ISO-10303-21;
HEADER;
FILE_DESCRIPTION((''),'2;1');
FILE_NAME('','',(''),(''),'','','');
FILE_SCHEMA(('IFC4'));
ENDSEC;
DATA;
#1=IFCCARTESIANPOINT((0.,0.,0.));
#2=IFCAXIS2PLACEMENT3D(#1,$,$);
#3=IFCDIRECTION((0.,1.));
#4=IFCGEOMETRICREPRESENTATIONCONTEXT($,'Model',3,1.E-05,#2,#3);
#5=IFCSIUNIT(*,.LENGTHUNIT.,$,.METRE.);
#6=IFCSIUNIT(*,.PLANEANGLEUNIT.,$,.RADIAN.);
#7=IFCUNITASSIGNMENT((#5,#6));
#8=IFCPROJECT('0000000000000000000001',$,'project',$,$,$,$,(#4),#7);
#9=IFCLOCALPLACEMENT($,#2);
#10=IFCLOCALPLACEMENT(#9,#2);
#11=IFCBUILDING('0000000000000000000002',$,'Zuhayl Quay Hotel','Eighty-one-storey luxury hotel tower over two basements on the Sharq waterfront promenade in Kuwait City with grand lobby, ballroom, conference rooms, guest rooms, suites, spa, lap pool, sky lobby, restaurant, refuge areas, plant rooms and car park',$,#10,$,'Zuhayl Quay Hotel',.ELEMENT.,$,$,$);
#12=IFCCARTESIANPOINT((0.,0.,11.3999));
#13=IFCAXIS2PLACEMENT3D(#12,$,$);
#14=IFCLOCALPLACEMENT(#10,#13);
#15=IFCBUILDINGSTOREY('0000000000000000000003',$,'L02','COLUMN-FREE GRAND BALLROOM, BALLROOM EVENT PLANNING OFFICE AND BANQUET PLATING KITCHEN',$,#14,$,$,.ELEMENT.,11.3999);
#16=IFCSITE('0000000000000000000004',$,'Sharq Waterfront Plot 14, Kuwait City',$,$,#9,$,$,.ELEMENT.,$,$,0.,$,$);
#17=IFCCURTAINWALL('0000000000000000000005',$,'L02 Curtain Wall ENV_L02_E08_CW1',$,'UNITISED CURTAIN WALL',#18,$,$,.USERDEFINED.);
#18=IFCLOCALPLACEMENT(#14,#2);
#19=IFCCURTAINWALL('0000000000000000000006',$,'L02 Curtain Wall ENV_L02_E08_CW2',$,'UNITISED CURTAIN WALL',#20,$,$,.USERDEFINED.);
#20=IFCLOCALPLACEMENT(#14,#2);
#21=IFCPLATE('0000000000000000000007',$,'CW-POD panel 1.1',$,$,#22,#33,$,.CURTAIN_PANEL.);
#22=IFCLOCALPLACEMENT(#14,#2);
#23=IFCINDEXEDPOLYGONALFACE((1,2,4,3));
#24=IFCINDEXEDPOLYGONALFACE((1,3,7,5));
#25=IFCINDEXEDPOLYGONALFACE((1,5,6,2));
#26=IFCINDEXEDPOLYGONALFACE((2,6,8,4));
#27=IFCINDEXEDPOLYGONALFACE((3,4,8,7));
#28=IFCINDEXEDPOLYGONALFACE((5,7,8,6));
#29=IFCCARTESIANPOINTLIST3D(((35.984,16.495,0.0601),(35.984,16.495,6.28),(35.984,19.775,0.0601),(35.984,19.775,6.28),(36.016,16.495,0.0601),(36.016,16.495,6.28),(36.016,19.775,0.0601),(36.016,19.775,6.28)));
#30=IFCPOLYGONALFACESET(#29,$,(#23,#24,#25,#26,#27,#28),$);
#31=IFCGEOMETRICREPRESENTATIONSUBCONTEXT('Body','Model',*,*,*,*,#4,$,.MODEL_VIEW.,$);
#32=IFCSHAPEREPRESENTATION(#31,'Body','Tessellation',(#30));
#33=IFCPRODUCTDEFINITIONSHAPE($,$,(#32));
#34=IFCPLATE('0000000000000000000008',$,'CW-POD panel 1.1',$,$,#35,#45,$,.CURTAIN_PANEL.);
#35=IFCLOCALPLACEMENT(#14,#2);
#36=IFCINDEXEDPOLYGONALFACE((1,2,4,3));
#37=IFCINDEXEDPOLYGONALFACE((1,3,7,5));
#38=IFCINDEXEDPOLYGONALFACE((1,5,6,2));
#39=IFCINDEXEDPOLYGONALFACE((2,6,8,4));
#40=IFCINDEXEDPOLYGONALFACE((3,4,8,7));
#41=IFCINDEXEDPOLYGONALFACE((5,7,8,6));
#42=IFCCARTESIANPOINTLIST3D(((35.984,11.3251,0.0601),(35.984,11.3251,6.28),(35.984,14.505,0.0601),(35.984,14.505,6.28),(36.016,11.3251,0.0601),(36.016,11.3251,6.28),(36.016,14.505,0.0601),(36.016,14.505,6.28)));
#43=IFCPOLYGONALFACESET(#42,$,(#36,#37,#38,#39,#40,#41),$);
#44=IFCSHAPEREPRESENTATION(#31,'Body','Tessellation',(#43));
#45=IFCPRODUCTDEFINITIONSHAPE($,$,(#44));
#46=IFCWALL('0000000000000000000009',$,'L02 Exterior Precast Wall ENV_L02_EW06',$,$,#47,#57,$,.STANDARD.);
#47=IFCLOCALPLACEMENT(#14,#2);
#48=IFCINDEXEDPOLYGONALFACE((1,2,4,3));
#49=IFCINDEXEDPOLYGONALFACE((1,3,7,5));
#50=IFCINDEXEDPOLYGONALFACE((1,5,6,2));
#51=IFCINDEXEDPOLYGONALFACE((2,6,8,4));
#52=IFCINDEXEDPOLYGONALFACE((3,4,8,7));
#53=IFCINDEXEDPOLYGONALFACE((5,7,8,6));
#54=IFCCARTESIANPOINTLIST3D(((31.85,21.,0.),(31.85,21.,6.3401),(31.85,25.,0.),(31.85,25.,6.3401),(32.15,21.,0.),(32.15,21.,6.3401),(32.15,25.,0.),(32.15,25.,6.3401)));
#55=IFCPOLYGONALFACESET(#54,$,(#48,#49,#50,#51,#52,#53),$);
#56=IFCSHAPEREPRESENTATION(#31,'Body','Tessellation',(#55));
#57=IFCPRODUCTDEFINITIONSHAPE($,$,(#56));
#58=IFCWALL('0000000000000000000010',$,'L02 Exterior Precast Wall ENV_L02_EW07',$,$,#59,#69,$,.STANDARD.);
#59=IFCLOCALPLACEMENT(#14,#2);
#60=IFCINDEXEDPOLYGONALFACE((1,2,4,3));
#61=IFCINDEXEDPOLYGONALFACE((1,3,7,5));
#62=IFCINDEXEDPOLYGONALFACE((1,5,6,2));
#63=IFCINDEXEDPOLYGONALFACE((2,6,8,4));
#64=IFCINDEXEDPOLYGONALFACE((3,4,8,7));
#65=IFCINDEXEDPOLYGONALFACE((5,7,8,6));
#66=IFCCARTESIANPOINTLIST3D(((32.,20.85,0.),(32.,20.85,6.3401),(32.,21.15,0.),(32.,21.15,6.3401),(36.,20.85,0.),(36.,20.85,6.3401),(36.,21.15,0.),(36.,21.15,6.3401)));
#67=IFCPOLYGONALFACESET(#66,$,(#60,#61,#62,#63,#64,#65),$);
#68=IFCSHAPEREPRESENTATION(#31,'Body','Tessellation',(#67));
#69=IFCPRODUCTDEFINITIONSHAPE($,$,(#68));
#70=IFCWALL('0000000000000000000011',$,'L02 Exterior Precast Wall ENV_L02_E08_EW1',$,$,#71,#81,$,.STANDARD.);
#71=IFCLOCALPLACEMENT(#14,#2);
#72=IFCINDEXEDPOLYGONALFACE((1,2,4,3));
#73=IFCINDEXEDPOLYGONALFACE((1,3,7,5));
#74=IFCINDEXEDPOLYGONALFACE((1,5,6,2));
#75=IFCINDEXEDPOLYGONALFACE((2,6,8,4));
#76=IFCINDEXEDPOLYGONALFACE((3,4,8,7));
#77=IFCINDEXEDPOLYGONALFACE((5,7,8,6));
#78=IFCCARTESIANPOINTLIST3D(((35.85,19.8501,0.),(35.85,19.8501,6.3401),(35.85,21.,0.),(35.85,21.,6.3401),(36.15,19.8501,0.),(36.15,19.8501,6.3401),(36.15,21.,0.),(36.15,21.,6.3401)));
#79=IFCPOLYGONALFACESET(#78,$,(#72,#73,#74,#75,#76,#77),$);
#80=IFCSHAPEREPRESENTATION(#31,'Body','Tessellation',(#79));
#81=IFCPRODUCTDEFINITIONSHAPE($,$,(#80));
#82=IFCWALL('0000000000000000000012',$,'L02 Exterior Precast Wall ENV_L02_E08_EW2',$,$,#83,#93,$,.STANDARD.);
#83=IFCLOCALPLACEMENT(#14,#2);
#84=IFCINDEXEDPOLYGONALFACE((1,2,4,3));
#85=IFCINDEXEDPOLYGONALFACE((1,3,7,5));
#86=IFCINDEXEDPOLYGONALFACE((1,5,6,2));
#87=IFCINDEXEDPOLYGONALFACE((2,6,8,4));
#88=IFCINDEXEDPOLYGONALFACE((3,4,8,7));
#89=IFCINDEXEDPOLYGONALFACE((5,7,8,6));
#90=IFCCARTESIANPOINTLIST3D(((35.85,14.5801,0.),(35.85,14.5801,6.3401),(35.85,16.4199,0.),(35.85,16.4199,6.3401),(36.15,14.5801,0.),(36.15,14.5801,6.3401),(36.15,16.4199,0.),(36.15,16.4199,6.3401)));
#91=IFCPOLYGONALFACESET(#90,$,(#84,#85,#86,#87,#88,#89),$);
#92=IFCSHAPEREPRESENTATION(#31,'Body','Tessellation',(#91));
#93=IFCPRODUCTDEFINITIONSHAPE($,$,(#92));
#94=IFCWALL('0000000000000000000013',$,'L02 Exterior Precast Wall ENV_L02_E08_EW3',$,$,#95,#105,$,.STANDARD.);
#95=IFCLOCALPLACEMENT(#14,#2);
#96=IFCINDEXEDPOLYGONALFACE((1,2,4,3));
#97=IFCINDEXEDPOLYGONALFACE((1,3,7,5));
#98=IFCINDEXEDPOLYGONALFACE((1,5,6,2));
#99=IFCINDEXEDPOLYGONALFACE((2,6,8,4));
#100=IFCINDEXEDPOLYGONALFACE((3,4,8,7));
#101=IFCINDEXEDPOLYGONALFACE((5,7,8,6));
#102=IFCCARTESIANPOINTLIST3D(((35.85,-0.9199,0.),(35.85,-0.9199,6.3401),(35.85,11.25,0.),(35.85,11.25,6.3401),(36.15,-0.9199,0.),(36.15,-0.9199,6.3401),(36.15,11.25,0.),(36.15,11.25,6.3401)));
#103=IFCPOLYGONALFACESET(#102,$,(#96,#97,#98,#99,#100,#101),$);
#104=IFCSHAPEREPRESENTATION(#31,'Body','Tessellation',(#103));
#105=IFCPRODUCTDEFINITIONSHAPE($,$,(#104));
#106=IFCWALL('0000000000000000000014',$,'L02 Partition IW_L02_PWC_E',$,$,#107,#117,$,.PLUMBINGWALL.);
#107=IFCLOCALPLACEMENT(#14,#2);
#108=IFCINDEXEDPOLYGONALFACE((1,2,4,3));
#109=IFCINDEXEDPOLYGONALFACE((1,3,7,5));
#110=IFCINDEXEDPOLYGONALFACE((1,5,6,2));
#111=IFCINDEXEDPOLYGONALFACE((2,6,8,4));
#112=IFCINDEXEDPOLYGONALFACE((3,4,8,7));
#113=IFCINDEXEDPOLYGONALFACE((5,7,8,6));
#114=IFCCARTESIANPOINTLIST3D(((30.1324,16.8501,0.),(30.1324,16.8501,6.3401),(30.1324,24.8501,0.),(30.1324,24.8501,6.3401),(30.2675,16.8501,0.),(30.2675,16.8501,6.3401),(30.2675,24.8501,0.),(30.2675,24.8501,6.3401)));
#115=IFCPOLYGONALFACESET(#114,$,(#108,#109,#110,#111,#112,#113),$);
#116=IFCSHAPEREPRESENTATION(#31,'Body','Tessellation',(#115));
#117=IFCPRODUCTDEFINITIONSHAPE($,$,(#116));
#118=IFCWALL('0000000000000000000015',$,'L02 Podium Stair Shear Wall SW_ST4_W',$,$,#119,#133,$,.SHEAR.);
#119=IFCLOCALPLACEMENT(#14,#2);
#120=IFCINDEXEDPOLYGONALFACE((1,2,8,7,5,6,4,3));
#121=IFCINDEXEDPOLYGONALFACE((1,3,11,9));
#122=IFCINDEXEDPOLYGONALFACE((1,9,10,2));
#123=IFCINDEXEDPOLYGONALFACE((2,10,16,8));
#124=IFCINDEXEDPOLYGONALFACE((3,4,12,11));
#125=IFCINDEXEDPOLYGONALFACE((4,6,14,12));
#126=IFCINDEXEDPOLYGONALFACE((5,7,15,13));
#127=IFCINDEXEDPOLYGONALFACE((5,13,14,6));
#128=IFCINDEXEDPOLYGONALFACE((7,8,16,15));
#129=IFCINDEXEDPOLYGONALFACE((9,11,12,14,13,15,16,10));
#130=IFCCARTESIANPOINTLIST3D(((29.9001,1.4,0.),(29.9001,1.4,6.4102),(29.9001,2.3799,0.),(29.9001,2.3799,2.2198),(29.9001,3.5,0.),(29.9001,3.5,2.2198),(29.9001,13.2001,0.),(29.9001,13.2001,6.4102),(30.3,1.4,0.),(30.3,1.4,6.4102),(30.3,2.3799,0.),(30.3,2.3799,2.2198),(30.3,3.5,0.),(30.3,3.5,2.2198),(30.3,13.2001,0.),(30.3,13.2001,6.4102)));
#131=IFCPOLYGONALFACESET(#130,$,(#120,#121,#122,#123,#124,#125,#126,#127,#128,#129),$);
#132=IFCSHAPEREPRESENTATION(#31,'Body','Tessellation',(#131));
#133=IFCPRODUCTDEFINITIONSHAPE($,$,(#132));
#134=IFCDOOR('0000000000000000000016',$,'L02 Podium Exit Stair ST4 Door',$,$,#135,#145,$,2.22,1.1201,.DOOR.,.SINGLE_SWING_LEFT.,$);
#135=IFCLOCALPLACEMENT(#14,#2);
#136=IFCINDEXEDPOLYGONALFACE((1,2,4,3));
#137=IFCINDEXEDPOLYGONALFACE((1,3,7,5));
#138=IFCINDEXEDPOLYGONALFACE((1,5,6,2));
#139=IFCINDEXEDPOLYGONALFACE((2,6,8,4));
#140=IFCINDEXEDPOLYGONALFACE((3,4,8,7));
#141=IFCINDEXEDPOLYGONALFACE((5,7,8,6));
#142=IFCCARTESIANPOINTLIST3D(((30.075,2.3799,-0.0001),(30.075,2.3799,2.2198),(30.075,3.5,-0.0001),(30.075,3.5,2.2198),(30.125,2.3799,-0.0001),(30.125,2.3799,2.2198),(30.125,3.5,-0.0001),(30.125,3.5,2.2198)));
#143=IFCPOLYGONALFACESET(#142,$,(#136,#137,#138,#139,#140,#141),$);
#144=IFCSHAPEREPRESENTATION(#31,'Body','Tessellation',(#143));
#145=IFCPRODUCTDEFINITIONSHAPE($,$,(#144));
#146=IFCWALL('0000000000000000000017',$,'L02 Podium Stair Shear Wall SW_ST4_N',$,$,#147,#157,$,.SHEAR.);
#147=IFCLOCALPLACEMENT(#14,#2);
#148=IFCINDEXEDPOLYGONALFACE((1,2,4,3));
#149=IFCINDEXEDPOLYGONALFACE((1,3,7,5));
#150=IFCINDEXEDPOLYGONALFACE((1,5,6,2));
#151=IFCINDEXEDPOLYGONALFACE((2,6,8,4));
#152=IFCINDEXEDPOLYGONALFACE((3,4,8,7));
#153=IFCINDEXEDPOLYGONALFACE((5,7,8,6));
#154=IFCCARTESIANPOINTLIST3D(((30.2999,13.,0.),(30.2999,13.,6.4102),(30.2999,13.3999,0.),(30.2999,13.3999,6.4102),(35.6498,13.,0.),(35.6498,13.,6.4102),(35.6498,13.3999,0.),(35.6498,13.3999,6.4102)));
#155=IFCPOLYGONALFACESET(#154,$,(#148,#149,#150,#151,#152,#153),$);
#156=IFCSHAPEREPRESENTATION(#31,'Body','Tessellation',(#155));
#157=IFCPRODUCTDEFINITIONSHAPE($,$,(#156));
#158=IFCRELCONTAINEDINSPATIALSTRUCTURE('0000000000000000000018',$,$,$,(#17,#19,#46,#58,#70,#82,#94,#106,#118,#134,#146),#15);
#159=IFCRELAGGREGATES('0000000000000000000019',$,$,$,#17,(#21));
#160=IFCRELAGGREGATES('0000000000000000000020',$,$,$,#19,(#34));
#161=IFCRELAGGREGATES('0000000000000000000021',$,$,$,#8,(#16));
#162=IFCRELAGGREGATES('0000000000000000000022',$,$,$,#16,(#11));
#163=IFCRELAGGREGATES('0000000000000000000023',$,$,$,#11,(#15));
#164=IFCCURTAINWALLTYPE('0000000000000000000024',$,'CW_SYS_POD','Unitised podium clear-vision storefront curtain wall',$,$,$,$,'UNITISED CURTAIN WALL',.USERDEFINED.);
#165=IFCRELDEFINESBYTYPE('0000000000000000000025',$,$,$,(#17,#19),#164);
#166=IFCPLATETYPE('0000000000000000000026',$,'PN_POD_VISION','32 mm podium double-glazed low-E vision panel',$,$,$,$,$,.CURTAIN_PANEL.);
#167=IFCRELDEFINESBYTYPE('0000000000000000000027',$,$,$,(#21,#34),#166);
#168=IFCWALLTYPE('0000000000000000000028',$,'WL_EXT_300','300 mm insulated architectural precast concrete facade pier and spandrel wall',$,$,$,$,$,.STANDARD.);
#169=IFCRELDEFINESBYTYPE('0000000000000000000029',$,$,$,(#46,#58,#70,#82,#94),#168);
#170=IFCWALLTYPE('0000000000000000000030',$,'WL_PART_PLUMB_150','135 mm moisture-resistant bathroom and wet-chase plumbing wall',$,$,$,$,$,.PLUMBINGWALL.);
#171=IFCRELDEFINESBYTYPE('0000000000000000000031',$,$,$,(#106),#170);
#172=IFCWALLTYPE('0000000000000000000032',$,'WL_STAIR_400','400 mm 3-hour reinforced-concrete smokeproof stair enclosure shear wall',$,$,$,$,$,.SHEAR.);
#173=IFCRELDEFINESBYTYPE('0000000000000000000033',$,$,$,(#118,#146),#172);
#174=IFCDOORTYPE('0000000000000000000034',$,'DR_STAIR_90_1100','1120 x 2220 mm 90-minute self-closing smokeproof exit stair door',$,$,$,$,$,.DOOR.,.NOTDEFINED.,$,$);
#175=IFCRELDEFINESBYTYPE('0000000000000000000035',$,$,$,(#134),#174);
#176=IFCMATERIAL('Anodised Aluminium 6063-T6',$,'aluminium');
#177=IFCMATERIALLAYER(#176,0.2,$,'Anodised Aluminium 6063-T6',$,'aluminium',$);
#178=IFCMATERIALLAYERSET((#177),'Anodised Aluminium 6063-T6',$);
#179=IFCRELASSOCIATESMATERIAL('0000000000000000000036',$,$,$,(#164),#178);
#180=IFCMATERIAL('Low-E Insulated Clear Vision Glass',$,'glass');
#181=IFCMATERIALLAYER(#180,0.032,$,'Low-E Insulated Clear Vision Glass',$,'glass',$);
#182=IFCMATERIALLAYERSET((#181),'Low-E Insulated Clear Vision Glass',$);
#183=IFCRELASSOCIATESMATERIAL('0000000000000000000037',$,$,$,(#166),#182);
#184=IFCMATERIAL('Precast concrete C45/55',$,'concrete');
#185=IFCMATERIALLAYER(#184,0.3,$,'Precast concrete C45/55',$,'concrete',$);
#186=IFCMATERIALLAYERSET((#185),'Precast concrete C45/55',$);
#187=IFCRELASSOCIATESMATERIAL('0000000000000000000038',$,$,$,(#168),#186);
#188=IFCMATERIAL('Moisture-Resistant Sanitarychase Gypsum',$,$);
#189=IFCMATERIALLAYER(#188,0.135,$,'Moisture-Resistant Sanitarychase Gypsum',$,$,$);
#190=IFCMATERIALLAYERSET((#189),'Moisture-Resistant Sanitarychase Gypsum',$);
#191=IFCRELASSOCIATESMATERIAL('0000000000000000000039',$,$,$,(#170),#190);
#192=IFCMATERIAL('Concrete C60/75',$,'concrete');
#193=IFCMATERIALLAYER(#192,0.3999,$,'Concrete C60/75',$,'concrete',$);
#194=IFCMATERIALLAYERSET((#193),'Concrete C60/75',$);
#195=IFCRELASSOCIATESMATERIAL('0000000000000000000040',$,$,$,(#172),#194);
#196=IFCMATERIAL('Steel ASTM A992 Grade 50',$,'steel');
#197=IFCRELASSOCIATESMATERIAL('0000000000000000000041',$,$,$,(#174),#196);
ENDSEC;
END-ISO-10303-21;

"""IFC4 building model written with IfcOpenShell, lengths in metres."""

from ifc_helpers import new_model, si_unit, direction, frame, frame_2d, origin, origin_2d, place, context, subcontext, project, spatial, rectangle, extrude, material, layer, layer_set, type_object, element, fill, aggregate, save


model = new_model("IFC4")

# Units and contexts
model_context = context("Model", 3, precision=1e-05, world=origin(), true_north=direction((0.0, 1.0)))
body_context = subcontext(model_context, "Body", "Model", "MODEL_VIEW")
ifc_project = project(units=[si_unit("LENGTHUNIT", "METRE"), si_unit("PLANEANGLEUNIT", "RADIAN")], contexts=[model_context])

# Site, building, storey
site_placement = place(None, origin())
site = spatial("IfcSite", under=ifc_project, at=site_placement, Name="Sharq Waterfront Plot 14, Kuwait City", CompositionType="ELEMENT", RefElevation=0.0)
building_placement = place(site_placement, origin())
building = spatial("IfcBuilding", under=site, at=building_placement, Name="Zuhayl Quay Hotel", Description="Eighty-one-storey luxury hotel tower over two basements on the Sharq waterfront promenade in Kuwait City with grand lobby, ballroom, conference rooms, guest rooms, suites, spa, lap pool, sky lobby, restaurant, refuge areas, plant rooms and car park", LongName="Zuhayl Quay Hotel", CompositionType="ELEMENT")
storey_placement = place(building_placement, frame((0.0, 0.0, 11.3999)))
storey = spatial("IfcBuildingStorey", under=building, at=storey_placement, Name="L02", Description="COLUMN-FREE GRAND BALLROOM, BALLROOM EVENT PLANNING OFFICE AND BANQUET PLATING KITCHEN", CompositionType="ELEMENT", Elevation=11.3999)

# Shared definitions
ifc_material_1 = material(Name="Steel ASTM A992 Grade 50", Category="steel")

# Curtain walls
ifc_material_2 = material(Name="Anodised Aluminium 6063-T6", Category="aluminium")
ifc_layer_1 = layer(ifc_material_2, 0.2, Name="Anodised Aluminium 6063-T6", Category="aluminium")
ifc_layer_set_1 = layer_set([ifc_layer_1], Name="Anodised Aluminium 6063-T6")
curtain_wall_type = type_object("IfcCurtainWallType", Name="CW_SYS_POD", Description="Unitised podium clear-vision storefront curtain wall", ElementType="UNITISED CURTAIN WALL", PredefinedType="USERDEFINED", material=ifc_layer_set_1)
curtain_wall_1_placement = place(storey_placement, origin())
curtain_wall_1 = element("IfcCurtainWall", 1, at=curtain_wall_1_placement, inside=storey, type_object=curtain_wall_type, Name="L02 Curtain Wall ENV_L02_E08_CW1", ObjectType="UNITISED CURTAIN WALL", PredefinedType="USERDEFINED")
curtain_wall_2_placement = place(storey_placement, origin())
curtain_wall_2 = element("IfcCurtainWall", 2, at=curtain_wall_2_placement, inside=storey, type_object=curtain_wall_type, Name="L02 Curtain Wall ENV_L02_E08_CW2", ObjectType="UNITISED CURTAIN WALL", PredefinedType="USERDEFINED")

# Plates
ifc_material_3 = material(Name="Low-E Insulated Clear Vision Glass", Category="glass")
ifc_layer_2 = layer(ifc_material_3, 0.032, Name="Low-E Insulated Clear Vision Glass", Category="glass")
ifc_layer_set_2 = layer_set([ifc_layer_2], Name="Low-E Insulated Clear Vision Glass")
plate_type = type_object("IfcPlateType", Name="PN_POD_VISION", Description="32 mm podium double-glazed low-E vision panel", PredefinedType="CURTAIN_PANEL", material=ifc_layer_set_2)
plate_1_placement = place(storey_placement, frame((36.0, 18.135, 0.0601), z_axis=(0.0, 0.0, 1.0), x_axis=(0.0, -1.0, 0.0)))
plate_1 = element("IfcPlate", 3, at=plate_1_placement, type_object=plate_type, Name="CW-POD panel 1.1", PredefinedType="CURTAIN_PANEL", context=body_context, shape_type="SweptSolid", body=[
    extrude(rectangle(XDim=3.28, YDim=0.032, at=origin_2d()), origin(), (0.0, 0.0, 1.0), 6.22),
])
aggregate(curtain_wall_1, [plate_1])
plate_2_placement = place(storey_placement, frame((36.0, 12.915, 0.0601), z_axis=(0.0, 0.0, 1.0), x_axis=(0.0, -1.0, 0.0)))
plate_2 = element("IfcPlate", 4, at=plate_2_placement, type_object=plate_type, Name="CW-POD panel 1.1", PredefinedType="CURTAIN_PANEL", context=body_context, shape_type="SweptSolid", body=[
    extrude(rectangle(XDim=3.1799, YDim=0.032, at=origin_2d()), origin(), (0.0, 0.0, 1.0), 6.22),
])
aggregate(curtain_wall_2, [plate_2])

# Walls
ifc_material_4 = material(Name="Precast concrete C45/55", Category="concrete")
ifc_layer_3 = layer(ifc_material_4, 0.3, Name="Precast concrete C45/55", Category="concrete")
ifc_layer_set_3 = layer_set([ifc_layer_3], Name="Precast concrete C45/55")
wall_type_1 = type_object("IfcWallType", Name="WL_EXT_300", Description="300 mm insulated architectural precast concrete facade pier and spandrel wall", PredefinedType="STANDARD", material=ifc_layer_set_3)
for number, where, z_axis, x_axis, name in (
    (5, (32.0, 25.0, 0.0), (0.0, 0.0, 1.0), (0.0, -1.0, 0.0), "L02 Exterior Precast Wall ENV_L02_EW06"),
    (6, (32.0, 21.0, 0.0), (0.0, 0.0, 1.0), (1.0, 0.0, 0.0), "L02 Exterior Precast Wall ENV_L02_EW07"),
):
    element("IfcWall", number, at=place(storey_placement, frame(where, z_axis=z_axis, x_axis=x_axis)), inside=storey, type_object=wall_type_1, Name=name, PredefinedType="STANDARD", context=body_context, shape_type="SweptSolid", body=[
        extrude(rectangle(XDim=4.0, YDim=0.3, at=frame_2d((2.0, 0.0))), origin(), (0.0, 0.0, 1.0), 6.3401),
    ])
wall_1_placement = place(storey_placement, frame((36.0, 21.0, 0.0), z_axis=(0.0, 0.0, 1.0), x_axis=(0.0, -1.0, 0.0)))
element("IfcWall", 7, at=wall_1_placement, inside=storey, type_object=wall_type_1, Name="L02 Exterior Precast Wall ENV_L02_E08_EW1", PredefinedType="STANDARD", context=body_context, shape_type="SweptSolid", body=[
    extrude(rectangle(XDim=1.1499, YDim=0.3, at=frame_2d((0.575, 0.0))), origin(), (0.0, 0.0, 1.0), 6.3401),
])
wall_2_placement = place(storey_placement, frame((36.0, 16.4199, 0.0), z_axis=(0.0, 0.0, 1.0), x_axis=(0.0, -1.0, 0.0)))
element("IfcWall", 8, at=wall_2_placement, inside=storey, type_object=wall_type_1, Name="L02 Exterior Precast Wall ENV_L02_E08_EW2", PredefinedType="STANDARD", context=body_context, shape_type="SweptSolid", body=[
    extrude(rectangle(XDim=1.8398, YDim=0.3, at=frame_2d((0.9199, 0.0))), origin(), (0.0, 0.0, 1.0), 6.3401),
])
wall_3_placement = place(storey_placement, frame((36.0, 11.25, 0.0), z_axis=(0.0, 0.0, 1.0), x_axis=(0.0, -1.0, 0.0)))
element("IfcWall", 9, at=wall_3_placement, inside=storey, type_object=wall_type_1, Name="L02 Exterior Precast Wall ENV_L02_E08_EW3", PredefinedType="STANDARD", context=body_context, shape_type="SweptSolid", body=[
    extrude(rectangle(XDim=12.1699, YDim=0.3, at=frame_2d((6.085, 0.0))), origin(), (0.0, 0.0, 1.0), 6.3401),
])
ifc_material_5 = material(Name="Moisture-Resistant Sanitarychase Gypsum")
ifc_layer_4 = layer(ifc_material_5, 0.135, Name="Moisture-Resistant Sanitarychase Gypsum")
ifc_layer_set_4 = layer_set([ifc_layer_4], Name="Moisture-Resistant Sanitarychase Gypsum")
wall_type_2 = type_object("IfcWallType", Name="WL_PART_PLUMB_150", Description="135 mm moisture-resistant bathroom and wet-chase plumbing wall", PredefinedType="PLUMBINGWALL", material=ifc_layer_set_4)
wall_4_placement = place(storey_placement, frame((30.2, 16.8501, 0.0), z_axis=(0.0, 0.0, 1.0), x_axis=(0.0, 1.0, 0.0)))
element("IfcWall", 10, at=wall_4_placement, inside=storey, type_object=wall_type_2, Name="L02 Partition IW_L02_PWC_E", PredefinedType="PLUMBINGWALL", context=body_context, shape_type="SweptSolid", body=[
    extrude(rectangle(XDim=8.0, YDim=0.135, at=frame_2d((4.0, 0.0))), origin(), (0.0, 0.0, 1.0), 6.3401),
])

# Wall, opening, door
ifc_material_6 = material(Name="Concrete C60/75", Category="concrete")
ifc_layer_5 = layer(ifc_material_6, 0.3999, Name="Concrete C60/75", Category="concrete")
ifc_layer_set_5 = layer_set([ifc_layer_5], Name="Concrete C60/75")
wall_type_3 = type_object("IfcWallType", Name="WL_STAIR_400", Description="400 mm 3-hour reinforced-concrete smokeproof stair enclosure shear wall", PredefinedType="SHEAR", material=ifc_layer_set_5)
wall_5_placement = place(storey_placement, frame((30.1001, 13.2, 0.0), z_axis=(0.0, 0.0, 1.0), x_axis=(0.0, -1.0, 0.0)))
wall_5 = element("IfcWall", 11, at=wall_5_placement, inside=storey, type_object=wall_type_3, Name="L02 Podium Stair Shear Wall SW_ST4_W", PredefinedType="SHEAR", context=body_context, shape_type="SweptSolid", body=[
    extrude(rectangle(XDim=11.8, YDim=0.3999, at=frame_2d((5.8999, 0.0))), origin(), (0.0, 0.0, 1.0), 6.4102),
])
opening_placement = place(wall_5_placement, frame((9.7, 0.0, 0.0)))
opening = element("IfcOpeningElement", 12, at=opening_placement, cuts=wall_5, PredefinedType="OPENING", context=body_context, shape_type="SweptSolid", body=[
    extrude(rectangle(XDim=1.1201, YDim=2.22, at=frame_2d((0.5601, 1.1099))), frame((0.0, 0.21, 0.0), z_axis=(0.0, -1.0, 0.0), x_axis=(1.0, 0.0, 0.0)), (0.0, 0.0, 1.0), 0.4199),
])
door_type = type_object("IfcDoorType", Name="DR_STAIR_90_1100", Description="1120 x 2220 mm 90-minute self-closing smokeproof exit stair door", OperationType="NOTDEFINED", PredefinedType="DOOR", material=ifc_material_1)
door_placement = place(opening_placement, origin())
door = element("IfcDoor", 13, at=door_placement, inside=storey, type_object=door_type, Name="L02 Podium Exit Stair ST4 Door", OperationType="SINGLE_SWING_LEFT", OverallHeight=2.22, OverallWidth=1.1201, PredefinedType="DOOR", context=body_context, shape_type="SweptSolid", body=[
    extrude(rectangle(XDim=1.1201, YDim=2.22, at=frame_2d((0.5601, 1.1099))), frame((0.0, 0.0249, 0.0), z_axis=(0.0, -1.0, 0.0), x_axis=(1.0, 0.0, 0.0)), (0.0, 0.0, 1.0), 0.05),
])
fill(opening, door)

# Wall
wall_6_placement = place(storey_placement, frame((30.3, 13.2, 0.0), z_axis=(0.0, 0.0, 1.0), x_axis=(1.0, 0.0, 0.0)))
element("IfcWall", 14, at=wall_6_placement, inside=storey, type_object=wall_type_3, Name="L02 Podium Stair Shear Wall SW_ST4_N", PredefinedType="SHEAR", context=body_context, shape_type="SweptSolid", body=[
    extrude(rectangle(XDim=5.3499, YDim=0.3999, at=frame_2d((2.6748, 0.0))), origin(), (0.0, 0.0, 1.0), 6.4102),
])

save(model, "model.ifc")
